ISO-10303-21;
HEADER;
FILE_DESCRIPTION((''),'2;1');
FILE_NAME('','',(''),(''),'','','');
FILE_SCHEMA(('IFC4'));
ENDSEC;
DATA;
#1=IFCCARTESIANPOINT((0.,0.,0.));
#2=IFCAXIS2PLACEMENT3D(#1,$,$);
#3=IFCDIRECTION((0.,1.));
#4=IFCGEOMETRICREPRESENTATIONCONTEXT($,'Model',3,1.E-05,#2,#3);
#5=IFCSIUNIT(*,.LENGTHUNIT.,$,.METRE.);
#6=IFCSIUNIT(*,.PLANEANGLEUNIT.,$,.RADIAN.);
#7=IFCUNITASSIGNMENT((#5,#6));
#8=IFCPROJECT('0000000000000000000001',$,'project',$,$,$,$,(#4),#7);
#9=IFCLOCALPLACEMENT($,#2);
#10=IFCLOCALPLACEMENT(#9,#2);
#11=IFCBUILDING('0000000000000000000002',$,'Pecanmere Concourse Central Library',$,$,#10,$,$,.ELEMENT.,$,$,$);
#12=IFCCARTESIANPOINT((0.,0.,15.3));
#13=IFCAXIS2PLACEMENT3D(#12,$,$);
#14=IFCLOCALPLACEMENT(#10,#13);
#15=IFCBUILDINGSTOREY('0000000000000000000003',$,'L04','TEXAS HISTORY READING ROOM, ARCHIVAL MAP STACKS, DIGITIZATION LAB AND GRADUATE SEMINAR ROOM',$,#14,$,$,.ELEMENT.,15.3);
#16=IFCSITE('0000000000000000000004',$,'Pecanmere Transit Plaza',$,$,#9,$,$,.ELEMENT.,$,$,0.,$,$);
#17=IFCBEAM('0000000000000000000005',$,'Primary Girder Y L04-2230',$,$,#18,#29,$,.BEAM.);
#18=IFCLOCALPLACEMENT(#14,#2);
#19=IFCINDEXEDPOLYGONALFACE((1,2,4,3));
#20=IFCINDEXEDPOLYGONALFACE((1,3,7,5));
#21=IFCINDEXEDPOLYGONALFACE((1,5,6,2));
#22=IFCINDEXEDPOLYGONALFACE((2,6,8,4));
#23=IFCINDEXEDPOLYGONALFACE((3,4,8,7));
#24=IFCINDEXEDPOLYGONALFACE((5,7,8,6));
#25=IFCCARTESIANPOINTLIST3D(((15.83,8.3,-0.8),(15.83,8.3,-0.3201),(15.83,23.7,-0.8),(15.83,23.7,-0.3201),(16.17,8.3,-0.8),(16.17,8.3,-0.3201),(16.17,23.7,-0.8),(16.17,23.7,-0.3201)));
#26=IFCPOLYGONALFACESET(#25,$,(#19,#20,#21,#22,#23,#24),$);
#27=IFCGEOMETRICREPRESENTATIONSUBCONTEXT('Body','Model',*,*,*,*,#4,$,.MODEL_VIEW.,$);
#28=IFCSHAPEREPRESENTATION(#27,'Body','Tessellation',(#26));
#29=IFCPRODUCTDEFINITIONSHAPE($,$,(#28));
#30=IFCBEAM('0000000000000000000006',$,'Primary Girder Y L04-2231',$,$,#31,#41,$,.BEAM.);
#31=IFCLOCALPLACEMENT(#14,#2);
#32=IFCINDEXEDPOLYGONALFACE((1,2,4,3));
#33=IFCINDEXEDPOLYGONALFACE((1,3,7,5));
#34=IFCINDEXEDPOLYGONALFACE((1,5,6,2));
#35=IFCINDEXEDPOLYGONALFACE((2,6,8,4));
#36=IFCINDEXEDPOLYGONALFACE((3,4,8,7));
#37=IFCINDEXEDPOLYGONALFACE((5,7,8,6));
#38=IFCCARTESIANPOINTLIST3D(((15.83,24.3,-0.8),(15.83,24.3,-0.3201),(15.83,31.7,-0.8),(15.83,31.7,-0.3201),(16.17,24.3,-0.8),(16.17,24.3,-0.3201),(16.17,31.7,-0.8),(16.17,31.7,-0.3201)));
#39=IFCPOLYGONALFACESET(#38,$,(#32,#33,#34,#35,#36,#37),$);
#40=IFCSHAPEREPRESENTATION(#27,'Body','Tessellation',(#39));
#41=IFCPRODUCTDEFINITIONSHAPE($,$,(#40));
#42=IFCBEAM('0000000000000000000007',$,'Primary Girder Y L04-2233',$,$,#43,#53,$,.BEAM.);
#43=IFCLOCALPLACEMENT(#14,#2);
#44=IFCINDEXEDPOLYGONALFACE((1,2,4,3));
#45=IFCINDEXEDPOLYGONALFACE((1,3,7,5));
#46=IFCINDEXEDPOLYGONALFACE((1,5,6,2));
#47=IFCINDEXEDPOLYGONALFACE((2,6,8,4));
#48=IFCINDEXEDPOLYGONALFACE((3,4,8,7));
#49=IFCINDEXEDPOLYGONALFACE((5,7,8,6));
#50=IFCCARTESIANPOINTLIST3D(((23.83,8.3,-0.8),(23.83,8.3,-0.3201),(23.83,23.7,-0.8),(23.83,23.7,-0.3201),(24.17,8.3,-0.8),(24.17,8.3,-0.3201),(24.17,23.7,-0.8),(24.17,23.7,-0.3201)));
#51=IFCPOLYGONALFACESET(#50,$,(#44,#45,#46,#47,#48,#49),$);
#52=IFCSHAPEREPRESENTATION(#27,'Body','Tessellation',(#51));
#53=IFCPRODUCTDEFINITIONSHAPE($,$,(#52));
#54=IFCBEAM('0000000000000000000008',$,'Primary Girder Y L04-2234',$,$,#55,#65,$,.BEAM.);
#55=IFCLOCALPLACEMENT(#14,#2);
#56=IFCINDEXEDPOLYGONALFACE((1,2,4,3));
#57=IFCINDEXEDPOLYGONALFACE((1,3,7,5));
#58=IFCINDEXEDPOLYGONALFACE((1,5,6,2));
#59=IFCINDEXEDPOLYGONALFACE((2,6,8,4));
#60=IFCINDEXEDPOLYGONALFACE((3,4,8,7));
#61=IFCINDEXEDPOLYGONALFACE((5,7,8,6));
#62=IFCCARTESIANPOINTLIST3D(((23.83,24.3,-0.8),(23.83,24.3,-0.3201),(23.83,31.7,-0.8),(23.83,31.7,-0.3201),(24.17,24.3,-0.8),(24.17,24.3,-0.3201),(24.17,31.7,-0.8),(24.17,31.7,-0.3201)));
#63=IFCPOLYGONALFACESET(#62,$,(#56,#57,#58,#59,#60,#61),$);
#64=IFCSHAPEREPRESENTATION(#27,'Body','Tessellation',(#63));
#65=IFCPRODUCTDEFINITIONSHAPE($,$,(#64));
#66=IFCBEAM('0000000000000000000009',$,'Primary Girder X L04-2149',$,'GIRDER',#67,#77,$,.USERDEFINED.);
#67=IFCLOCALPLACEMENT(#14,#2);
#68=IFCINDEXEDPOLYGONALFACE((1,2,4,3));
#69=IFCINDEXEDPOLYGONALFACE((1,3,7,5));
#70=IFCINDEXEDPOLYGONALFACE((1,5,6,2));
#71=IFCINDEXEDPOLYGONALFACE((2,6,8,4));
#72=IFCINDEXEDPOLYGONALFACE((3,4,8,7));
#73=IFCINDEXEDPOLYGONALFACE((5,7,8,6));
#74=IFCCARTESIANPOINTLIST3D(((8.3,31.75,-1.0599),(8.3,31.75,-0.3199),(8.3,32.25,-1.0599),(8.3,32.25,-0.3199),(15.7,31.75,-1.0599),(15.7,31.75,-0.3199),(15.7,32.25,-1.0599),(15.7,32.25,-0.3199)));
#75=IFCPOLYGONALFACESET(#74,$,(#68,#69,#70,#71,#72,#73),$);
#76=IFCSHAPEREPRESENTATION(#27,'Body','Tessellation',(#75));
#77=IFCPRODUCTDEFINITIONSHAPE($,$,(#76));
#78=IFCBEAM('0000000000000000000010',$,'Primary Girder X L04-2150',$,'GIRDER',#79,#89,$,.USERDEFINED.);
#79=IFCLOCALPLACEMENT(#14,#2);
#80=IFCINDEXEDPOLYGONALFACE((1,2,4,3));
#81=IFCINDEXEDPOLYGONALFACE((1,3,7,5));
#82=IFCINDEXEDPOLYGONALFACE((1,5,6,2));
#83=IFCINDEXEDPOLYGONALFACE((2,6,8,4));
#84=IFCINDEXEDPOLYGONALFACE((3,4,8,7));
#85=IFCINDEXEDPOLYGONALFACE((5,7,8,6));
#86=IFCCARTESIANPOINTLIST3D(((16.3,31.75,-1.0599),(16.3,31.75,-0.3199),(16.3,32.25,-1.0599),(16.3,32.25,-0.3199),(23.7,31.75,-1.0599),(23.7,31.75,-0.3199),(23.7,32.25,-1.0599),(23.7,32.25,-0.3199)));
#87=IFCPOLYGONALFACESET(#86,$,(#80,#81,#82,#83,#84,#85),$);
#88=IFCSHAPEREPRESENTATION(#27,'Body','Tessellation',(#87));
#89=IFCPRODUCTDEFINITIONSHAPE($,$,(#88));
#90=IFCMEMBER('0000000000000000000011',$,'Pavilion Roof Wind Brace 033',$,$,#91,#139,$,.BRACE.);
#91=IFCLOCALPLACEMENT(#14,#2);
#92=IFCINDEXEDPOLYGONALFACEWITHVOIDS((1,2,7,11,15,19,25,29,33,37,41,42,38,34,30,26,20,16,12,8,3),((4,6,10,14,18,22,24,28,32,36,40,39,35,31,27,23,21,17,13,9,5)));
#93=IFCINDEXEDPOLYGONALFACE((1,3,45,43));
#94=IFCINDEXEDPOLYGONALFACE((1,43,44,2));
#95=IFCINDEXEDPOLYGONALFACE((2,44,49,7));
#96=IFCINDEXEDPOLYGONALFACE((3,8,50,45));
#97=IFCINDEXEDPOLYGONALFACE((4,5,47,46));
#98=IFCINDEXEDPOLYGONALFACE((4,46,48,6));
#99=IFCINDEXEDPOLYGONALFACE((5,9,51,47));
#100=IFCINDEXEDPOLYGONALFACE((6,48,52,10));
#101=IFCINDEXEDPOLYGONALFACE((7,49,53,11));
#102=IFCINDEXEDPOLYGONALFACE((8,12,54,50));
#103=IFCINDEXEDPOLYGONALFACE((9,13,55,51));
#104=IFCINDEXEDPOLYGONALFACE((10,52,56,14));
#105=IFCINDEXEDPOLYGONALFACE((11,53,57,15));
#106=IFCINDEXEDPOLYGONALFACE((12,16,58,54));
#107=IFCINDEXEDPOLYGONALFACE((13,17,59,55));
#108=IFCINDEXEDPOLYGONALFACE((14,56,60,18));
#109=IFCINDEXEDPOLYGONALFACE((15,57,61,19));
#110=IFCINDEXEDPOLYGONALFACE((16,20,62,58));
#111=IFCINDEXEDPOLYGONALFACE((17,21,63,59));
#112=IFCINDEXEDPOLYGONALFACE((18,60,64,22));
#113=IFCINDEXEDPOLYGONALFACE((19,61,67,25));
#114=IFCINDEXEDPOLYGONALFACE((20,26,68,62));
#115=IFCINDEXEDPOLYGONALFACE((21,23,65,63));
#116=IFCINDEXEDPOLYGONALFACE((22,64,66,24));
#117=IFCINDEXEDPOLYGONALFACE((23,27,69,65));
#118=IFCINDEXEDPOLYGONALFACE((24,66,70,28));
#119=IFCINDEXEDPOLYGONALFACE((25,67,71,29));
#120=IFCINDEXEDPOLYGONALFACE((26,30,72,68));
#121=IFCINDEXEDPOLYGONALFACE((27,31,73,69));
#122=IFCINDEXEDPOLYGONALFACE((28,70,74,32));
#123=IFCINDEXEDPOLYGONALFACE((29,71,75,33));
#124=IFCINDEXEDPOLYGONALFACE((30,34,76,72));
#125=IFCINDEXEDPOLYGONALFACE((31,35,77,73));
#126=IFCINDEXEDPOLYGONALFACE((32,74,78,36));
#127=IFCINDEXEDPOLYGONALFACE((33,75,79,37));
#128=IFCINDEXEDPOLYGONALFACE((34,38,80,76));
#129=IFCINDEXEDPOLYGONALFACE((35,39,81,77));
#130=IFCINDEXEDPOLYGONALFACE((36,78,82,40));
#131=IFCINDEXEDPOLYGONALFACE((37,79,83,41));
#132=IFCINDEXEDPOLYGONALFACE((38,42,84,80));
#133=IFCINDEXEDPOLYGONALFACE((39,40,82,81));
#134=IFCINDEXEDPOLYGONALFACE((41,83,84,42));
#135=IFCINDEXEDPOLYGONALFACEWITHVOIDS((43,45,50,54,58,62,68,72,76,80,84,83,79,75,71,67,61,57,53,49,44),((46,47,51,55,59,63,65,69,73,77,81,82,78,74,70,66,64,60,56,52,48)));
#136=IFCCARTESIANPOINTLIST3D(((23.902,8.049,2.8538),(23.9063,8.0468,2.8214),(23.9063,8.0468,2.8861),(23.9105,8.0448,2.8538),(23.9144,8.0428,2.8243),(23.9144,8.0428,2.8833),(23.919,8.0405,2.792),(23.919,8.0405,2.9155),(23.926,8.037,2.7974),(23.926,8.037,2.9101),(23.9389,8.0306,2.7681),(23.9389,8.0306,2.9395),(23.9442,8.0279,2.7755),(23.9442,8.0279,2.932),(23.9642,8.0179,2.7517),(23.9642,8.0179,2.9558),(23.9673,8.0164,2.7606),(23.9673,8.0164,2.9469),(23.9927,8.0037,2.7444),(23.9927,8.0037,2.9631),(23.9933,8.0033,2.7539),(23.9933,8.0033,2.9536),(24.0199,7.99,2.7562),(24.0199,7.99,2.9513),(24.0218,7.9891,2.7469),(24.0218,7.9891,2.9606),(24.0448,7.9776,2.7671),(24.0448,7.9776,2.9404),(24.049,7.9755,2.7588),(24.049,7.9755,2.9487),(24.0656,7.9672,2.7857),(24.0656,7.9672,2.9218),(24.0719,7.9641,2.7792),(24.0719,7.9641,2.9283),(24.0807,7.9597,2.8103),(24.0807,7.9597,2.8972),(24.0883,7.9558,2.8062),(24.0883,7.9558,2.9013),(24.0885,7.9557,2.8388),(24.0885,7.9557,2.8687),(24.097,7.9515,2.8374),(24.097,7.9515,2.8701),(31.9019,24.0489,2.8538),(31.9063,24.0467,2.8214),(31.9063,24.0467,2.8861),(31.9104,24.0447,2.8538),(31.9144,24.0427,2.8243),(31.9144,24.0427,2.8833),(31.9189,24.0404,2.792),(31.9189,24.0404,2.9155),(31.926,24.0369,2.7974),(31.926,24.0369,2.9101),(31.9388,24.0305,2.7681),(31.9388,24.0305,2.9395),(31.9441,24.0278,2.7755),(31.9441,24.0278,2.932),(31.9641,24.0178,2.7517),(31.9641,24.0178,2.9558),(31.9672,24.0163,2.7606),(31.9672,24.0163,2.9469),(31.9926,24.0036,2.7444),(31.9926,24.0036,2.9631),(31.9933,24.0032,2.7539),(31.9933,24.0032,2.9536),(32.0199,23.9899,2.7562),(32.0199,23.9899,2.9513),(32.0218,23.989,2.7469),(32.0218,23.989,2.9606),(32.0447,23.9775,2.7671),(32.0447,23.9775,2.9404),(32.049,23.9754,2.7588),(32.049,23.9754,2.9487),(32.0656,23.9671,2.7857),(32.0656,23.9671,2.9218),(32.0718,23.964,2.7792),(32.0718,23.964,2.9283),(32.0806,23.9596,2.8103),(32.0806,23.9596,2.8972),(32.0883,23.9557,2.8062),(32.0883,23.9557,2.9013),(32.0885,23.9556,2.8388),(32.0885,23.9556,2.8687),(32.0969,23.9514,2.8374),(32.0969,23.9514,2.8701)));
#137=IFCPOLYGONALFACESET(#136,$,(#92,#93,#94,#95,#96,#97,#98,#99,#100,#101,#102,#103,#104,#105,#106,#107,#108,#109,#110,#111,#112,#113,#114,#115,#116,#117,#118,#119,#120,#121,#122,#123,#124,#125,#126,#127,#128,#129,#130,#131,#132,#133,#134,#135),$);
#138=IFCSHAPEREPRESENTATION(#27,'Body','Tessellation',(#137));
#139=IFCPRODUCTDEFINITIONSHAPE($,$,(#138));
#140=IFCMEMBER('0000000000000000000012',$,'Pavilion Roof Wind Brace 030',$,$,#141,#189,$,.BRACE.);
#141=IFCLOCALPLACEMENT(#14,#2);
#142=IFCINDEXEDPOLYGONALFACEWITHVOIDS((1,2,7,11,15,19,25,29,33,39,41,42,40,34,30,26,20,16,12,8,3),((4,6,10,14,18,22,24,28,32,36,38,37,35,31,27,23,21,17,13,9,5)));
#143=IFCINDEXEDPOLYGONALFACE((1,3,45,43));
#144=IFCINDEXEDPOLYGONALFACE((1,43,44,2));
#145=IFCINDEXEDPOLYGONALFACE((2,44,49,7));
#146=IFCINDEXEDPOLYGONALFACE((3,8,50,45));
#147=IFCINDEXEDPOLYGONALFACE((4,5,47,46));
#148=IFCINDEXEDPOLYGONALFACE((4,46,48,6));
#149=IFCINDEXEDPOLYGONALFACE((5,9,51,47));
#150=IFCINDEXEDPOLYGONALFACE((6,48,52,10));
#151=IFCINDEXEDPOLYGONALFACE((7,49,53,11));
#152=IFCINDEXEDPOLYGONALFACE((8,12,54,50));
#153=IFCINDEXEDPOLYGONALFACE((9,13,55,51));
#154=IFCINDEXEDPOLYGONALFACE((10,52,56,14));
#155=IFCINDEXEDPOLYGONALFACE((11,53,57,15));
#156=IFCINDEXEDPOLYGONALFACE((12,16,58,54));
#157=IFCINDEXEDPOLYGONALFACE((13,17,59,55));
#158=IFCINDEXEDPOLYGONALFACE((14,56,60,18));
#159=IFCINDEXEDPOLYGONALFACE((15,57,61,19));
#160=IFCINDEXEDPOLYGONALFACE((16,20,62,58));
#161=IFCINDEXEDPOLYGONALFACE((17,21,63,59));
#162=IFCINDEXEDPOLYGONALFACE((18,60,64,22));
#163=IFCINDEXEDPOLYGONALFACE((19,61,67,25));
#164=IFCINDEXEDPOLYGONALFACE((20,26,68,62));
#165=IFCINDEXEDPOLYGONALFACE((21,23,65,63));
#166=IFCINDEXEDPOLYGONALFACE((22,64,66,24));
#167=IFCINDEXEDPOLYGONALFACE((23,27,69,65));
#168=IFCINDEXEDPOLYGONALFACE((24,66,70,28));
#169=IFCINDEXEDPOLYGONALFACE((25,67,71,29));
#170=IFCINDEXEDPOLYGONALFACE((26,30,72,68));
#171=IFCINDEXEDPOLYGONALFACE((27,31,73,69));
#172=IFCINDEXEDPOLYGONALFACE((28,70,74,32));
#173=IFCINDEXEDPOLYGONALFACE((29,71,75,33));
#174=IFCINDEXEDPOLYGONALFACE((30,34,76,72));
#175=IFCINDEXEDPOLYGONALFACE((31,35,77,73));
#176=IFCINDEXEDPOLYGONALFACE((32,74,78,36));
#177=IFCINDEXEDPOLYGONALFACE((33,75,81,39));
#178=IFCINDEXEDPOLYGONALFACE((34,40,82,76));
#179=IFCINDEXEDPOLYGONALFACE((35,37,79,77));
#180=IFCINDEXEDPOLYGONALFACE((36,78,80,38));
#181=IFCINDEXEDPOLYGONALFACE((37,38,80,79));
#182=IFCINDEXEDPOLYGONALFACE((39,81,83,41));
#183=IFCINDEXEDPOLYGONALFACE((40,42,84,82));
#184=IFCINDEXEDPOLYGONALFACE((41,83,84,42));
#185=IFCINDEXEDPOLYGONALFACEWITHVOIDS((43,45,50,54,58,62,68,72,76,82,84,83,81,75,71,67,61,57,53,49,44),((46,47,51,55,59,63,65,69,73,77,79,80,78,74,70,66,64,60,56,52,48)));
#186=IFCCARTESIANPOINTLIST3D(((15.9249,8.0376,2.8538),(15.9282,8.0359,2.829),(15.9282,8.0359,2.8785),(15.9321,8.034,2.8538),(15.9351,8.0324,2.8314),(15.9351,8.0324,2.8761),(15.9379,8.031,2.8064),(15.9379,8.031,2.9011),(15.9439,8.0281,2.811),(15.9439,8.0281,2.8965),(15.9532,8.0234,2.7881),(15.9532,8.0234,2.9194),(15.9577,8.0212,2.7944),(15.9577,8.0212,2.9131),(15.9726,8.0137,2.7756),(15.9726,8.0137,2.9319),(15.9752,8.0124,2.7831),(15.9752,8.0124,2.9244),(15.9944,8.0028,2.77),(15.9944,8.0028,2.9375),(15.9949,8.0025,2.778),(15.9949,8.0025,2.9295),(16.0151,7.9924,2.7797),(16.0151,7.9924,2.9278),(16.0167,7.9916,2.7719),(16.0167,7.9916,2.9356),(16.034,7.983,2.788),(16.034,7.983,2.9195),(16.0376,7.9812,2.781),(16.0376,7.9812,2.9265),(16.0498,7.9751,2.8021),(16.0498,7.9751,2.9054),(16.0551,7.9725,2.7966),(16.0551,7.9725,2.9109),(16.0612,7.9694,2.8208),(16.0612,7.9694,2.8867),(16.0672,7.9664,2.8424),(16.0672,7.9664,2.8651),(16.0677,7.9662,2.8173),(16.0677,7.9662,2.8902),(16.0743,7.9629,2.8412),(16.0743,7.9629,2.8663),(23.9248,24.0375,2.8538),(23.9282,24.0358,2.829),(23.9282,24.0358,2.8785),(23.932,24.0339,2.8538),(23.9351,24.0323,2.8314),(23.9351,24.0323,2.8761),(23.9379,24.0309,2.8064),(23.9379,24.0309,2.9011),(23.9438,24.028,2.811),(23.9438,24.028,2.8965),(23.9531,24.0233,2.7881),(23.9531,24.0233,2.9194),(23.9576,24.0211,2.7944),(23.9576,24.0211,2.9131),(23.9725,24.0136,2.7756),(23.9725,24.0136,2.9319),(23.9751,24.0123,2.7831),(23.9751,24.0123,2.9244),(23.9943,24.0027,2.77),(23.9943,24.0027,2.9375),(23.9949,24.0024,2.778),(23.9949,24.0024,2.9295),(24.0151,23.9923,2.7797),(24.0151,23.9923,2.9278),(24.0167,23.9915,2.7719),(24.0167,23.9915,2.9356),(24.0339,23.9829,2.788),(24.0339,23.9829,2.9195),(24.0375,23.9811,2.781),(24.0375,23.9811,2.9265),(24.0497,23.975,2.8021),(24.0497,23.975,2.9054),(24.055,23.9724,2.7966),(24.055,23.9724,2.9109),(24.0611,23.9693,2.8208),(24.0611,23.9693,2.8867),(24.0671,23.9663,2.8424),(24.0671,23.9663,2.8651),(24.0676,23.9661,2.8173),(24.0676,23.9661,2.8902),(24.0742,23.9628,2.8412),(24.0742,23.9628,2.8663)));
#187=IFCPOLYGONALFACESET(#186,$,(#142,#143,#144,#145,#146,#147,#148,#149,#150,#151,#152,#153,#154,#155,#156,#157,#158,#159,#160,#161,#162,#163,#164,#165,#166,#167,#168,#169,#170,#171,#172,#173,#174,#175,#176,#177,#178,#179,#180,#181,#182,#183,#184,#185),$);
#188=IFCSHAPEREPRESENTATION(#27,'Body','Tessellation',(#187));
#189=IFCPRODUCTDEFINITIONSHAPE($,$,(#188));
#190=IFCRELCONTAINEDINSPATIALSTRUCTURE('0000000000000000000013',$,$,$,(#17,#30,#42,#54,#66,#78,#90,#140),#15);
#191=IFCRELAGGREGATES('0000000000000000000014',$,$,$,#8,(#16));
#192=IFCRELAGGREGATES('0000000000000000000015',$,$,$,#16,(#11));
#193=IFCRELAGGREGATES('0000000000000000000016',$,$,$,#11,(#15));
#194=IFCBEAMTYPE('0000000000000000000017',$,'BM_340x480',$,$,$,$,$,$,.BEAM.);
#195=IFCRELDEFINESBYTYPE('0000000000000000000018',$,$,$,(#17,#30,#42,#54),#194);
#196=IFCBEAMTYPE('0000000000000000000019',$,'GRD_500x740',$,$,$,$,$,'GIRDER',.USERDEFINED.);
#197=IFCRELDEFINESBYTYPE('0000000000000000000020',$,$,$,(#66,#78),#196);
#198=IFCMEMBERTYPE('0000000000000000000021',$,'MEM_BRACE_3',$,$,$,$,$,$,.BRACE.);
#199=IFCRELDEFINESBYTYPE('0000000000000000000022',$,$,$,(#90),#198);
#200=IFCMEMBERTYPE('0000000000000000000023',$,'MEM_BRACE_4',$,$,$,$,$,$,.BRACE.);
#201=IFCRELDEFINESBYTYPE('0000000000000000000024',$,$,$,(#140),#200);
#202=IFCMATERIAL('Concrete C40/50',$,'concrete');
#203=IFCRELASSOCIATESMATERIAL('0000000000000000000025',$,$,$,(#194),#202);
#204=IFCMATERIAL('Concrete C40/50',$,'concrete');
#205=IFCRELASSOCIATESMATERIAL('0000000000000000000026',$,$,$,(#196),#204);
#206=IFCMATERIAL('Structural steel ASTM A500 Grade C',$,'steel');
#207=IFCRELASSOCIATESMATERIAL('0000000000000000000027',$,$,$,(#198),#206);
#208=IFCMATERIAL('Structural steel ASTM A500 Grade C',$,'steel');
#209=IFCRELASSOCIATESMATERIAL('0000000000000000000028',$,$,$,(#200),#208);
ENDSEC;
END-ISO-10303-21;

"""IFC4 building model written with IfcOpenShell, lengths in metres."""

from ifc_helpers import new_model, si_unit, direction, frame, origin, origin_2d, place, context, subcontext, project, spatial, rectangle, hollow_circle, extrude, material, material_profile, profile_set, type_object, element, save


model = new_model("IFC4")

# Units and contexts
model_context = context("Model", 3, precision=1e-05, world=origin(), true_north=direction((0.0, 1.0)))
body_context = subcontext(model_context, "Body", "Model", "MODEL_VIEW")
ifc_project = project(units=[si_unit("LENGTHUNIT", "METRE"), si_unit("PLANEANGLEUNIT", "RADIAN")], contexts=[model_context])

# Site, building, storey
site_placement = place(None, origin())
site = spatial("IfcSite", under=ifc_project, at=site_placement, Name="Pecanmere Transit Plaza", CompositionType="ELEMENT", RefElevation=0.0)
building_placement = place(site_placement, origin())
building = spatial("IfcBuilding", under=site, at=building_placement, Name="Pecanmere Concourse Central Library", CompositionType="ELEMENT")
storey_placement = place(building_placement, frame((0.0, 0.0, 15.3)))
storey = spatial("IfcBuildingStorey", under=building, at=storey_placement, Name="L04", Description="TEXAS HISTORY READING ROOM, ARCHIVAL MAP STACKS, DIGITIZATION LAB AND GRADUATE SEMINAR ROOM", CompositionType="ELEMENT", Elevation=15.3)

# Beams
ifc_material_1 = material(Name="Concrete C40/50", Category="concrete")
ifc_material_profile_1 = material_profile(ifc_material_1, rectangle(XDim=0.3401, YDim=0.48, at=origin_2d()), Name="RC 340x480")
ifc_profile_set_1 = profile_set([ifc_material_profile_1], Name="Concrete C40/50")
beam_type_1 = type_object("IfcBeamType", Name="BM_340x480", PredefinedType="BEAM", material=ifc_profile_set_1)
beam_1_placement = place(storey_placement, frame((16.0, 8.3, -0.5601), z_axis=(0.0, 1.0, 0.0), x_axis=(-1.0, 0.0, 0.0)))
element("IfcBeam", 1, at=beam_1_placement, inside=storey, type_object=beam_type_1, Name="Primary Girder Y L04-2230", PredefinedType="BEAM", context=body_context, shape_type="SweptSolid", body=[
    extrude(rectangle(XDim=0.3401, YDim=0.48, at=origin_2d()), origin(), (0.0, 0.0, 1.0), 15.3999),
])
beam_2_placement = place(storey_placement, frame((16.0, 24.3, -0.5601), z_axis=(0.0, 1.0, 0.0), x_axis=(-1.0, 0.0, 0.0)))
element("IfcBeam", 2, at=beam_2_placement, inside=storey, type_object=beam_type_1, Name="Primary Girder Y L04-2231", PredefinedType="BEAM", context=body_context, shape_type="SweptSolid", body=[
    extrude(rectangle(XDim=0.3401, YDim=0.48, at=origin_2d()), origin(), (0.0, 0.0, 1.0), 7.3999),
])
beam_3_placement = place(storey_placement, frame((24.0, 8.3, -0.5601), z_axis=(0.0, 1.0, 0.0), x_axis=(-1.0, 0.0, 0.0)))
element("IfcBeam", 3, at=beam_3_placement, inside=storey, type_object=beam_type_1, Name="Primary Girder Y L04-2233", PredefinedType="BEAM", context=body_context, shape_type="SweptSolid", body=[
    extrude(rectangle(XDim=0.3401, YDim=0.48, at=origin_2d()), origin(), (0.0, 0.0, 1.0), 15.3999),
])
beam_4_placement = place(storey_placement, frame((24.0, 24.3, -0.5601), z_axis=(0.0, 1.0, 0.0), x_axis=(-1.0, 0.0, 0.0)))
element("IfcBeam", 4, at=beam_4_placement, inside=storey, type_object=beam_type_1, Name="Primary Girder Y L04-2234", PredefinedType="BEAM", context=body_context, shape_type="SweptSolid", body=[
    extrude(rectangle(XDim=0.3401, YDim=0.48, at=origin_2d()), origin(), (0.0, 0.0, 1.0), 7.3999),
])
ifc_material_2 = material(Name="Concrete C40/50", Category="concrete")
ifc_material_profile_2 = material_profile(ifc_material_2, rectangle(XDim=0.5, YDim=0.74, at=origin_2d()), Name="RC 500x740")
ifc_profile_set_2 = profile_set([ifc_material_profile_2], Name="Concrete C40/50")
beam_type_2 = type_object("IfcBeamType", Name="GRD_500x740", ElementType="GIRDER", PredefinedType="USERDEFINED", material=ifc_profile_set_2)
for number, where, z_axis, x_axis, name in (
    (5, (8.3, 32.0, -0.6899), (1.0, 0.0, 0.0), (0.0, 1.0, 0.0), "Primary Girder X L04-2149"),
    (6, (16.3, 32.0, -0.6899), (1.0, 0.0, 0.0), (0.0, 1.0, 0.0), "Primary Girder X L04-2150"),
):
    element("IfcBeam", number, at=place(storey_placement, frame(where, z_axis=z_axis, x_axis=x_axis)), inside=storey, type_object=beam_type_2, Name=name, ObjectType="GIRDER", PredefinedType="USERDEFINED", context=body_context, shape_type="SweptSolid", body=[
        extrude(rectangle(XDim=0.5, YDim=0.74, at=origin_2d()), origin(), (0.0, 0.0, 1.0), 7.3999),
    ])

# Members
ifc_material_3 = material(Name="Structural steel ASTM A500 Grade C", Category="steel")
ifc_material_profile_3 = material_profile(ifc_material_3, hollow_circle(Radius=0.1096, WallThickness=0.0095, at=origin_2d()), Name="HSS219.1x9.5")
ifc_profile_set_3 = profile_set([ifc_material_profile_3], Name="Structural steel ASTM A500 Grade C")
member_type_1 = type_object("IfcMemberType", Name="MEM_BRACE_3", PredefinedType="BRACE", material=ifc_profile_set_3)
member_1_placement = place(storey_placement, frame((24.0, 8.0, 2.8538), z_axis=(0.447214, 0.894427, 0.0), x_axis=(-0.894427, 0.447214, 0.0)))
element("IfcMember", 7, at=member_1_placement, inside=storey, type_object=member_type_1, Name="Pavilion Roof Wind Brace 033", PredefinedType="BRACE", context=body_context, shape_type="SweptSolid", body=[
    extrude(hollow_circle(Radius=0.1096, WallThickness=0.0095, at=origin_2d()), origin(), (0.0, 0.0, 1.0), 17.8884),
])
ifc_material_4 = material(Name="Structural steel ASTM A500 Grade C", Category="steel")
ifc_material_profile_4 = material_profile(ifc_material_4, hollow_circle(Radius=0.084, WallThickness=0.0081, at=origin_2d()), Name="HSS168.3x8.0")
ifc_profile_set_4 = profile_set([ifc_material_profile_4], Name="Structural steel ASTM A500 Grade C")
member_type_2 = type_object("IfcMemberType", Name="MEM_BRACE_4", PredefinedType="BRACE", material=ifc_profile_set_4)
member_2_placement = place(storey_placement, frame((16.0, 8.0, 2.8538), z_axis=(0.447214, 0.894427, 0.0), x_axis=(-0.894427, 0.447214, 0.0)))
element("IfcMember", 8, at=member_2_placement, inside=storey, type_object=member_type_2, Name="Pavilion Roof Wind Brace 030", PredefinedType="BRACE", context=body_context, shape_type="SweptSolid", body=[
    extrude(hollow_circle(Radius=0.084, WallThickness=0.0081, at=origin_2d()), origin(), (0.0, 0.0, 1.0), 17.8884),
])

save(model, "model.ifc")
